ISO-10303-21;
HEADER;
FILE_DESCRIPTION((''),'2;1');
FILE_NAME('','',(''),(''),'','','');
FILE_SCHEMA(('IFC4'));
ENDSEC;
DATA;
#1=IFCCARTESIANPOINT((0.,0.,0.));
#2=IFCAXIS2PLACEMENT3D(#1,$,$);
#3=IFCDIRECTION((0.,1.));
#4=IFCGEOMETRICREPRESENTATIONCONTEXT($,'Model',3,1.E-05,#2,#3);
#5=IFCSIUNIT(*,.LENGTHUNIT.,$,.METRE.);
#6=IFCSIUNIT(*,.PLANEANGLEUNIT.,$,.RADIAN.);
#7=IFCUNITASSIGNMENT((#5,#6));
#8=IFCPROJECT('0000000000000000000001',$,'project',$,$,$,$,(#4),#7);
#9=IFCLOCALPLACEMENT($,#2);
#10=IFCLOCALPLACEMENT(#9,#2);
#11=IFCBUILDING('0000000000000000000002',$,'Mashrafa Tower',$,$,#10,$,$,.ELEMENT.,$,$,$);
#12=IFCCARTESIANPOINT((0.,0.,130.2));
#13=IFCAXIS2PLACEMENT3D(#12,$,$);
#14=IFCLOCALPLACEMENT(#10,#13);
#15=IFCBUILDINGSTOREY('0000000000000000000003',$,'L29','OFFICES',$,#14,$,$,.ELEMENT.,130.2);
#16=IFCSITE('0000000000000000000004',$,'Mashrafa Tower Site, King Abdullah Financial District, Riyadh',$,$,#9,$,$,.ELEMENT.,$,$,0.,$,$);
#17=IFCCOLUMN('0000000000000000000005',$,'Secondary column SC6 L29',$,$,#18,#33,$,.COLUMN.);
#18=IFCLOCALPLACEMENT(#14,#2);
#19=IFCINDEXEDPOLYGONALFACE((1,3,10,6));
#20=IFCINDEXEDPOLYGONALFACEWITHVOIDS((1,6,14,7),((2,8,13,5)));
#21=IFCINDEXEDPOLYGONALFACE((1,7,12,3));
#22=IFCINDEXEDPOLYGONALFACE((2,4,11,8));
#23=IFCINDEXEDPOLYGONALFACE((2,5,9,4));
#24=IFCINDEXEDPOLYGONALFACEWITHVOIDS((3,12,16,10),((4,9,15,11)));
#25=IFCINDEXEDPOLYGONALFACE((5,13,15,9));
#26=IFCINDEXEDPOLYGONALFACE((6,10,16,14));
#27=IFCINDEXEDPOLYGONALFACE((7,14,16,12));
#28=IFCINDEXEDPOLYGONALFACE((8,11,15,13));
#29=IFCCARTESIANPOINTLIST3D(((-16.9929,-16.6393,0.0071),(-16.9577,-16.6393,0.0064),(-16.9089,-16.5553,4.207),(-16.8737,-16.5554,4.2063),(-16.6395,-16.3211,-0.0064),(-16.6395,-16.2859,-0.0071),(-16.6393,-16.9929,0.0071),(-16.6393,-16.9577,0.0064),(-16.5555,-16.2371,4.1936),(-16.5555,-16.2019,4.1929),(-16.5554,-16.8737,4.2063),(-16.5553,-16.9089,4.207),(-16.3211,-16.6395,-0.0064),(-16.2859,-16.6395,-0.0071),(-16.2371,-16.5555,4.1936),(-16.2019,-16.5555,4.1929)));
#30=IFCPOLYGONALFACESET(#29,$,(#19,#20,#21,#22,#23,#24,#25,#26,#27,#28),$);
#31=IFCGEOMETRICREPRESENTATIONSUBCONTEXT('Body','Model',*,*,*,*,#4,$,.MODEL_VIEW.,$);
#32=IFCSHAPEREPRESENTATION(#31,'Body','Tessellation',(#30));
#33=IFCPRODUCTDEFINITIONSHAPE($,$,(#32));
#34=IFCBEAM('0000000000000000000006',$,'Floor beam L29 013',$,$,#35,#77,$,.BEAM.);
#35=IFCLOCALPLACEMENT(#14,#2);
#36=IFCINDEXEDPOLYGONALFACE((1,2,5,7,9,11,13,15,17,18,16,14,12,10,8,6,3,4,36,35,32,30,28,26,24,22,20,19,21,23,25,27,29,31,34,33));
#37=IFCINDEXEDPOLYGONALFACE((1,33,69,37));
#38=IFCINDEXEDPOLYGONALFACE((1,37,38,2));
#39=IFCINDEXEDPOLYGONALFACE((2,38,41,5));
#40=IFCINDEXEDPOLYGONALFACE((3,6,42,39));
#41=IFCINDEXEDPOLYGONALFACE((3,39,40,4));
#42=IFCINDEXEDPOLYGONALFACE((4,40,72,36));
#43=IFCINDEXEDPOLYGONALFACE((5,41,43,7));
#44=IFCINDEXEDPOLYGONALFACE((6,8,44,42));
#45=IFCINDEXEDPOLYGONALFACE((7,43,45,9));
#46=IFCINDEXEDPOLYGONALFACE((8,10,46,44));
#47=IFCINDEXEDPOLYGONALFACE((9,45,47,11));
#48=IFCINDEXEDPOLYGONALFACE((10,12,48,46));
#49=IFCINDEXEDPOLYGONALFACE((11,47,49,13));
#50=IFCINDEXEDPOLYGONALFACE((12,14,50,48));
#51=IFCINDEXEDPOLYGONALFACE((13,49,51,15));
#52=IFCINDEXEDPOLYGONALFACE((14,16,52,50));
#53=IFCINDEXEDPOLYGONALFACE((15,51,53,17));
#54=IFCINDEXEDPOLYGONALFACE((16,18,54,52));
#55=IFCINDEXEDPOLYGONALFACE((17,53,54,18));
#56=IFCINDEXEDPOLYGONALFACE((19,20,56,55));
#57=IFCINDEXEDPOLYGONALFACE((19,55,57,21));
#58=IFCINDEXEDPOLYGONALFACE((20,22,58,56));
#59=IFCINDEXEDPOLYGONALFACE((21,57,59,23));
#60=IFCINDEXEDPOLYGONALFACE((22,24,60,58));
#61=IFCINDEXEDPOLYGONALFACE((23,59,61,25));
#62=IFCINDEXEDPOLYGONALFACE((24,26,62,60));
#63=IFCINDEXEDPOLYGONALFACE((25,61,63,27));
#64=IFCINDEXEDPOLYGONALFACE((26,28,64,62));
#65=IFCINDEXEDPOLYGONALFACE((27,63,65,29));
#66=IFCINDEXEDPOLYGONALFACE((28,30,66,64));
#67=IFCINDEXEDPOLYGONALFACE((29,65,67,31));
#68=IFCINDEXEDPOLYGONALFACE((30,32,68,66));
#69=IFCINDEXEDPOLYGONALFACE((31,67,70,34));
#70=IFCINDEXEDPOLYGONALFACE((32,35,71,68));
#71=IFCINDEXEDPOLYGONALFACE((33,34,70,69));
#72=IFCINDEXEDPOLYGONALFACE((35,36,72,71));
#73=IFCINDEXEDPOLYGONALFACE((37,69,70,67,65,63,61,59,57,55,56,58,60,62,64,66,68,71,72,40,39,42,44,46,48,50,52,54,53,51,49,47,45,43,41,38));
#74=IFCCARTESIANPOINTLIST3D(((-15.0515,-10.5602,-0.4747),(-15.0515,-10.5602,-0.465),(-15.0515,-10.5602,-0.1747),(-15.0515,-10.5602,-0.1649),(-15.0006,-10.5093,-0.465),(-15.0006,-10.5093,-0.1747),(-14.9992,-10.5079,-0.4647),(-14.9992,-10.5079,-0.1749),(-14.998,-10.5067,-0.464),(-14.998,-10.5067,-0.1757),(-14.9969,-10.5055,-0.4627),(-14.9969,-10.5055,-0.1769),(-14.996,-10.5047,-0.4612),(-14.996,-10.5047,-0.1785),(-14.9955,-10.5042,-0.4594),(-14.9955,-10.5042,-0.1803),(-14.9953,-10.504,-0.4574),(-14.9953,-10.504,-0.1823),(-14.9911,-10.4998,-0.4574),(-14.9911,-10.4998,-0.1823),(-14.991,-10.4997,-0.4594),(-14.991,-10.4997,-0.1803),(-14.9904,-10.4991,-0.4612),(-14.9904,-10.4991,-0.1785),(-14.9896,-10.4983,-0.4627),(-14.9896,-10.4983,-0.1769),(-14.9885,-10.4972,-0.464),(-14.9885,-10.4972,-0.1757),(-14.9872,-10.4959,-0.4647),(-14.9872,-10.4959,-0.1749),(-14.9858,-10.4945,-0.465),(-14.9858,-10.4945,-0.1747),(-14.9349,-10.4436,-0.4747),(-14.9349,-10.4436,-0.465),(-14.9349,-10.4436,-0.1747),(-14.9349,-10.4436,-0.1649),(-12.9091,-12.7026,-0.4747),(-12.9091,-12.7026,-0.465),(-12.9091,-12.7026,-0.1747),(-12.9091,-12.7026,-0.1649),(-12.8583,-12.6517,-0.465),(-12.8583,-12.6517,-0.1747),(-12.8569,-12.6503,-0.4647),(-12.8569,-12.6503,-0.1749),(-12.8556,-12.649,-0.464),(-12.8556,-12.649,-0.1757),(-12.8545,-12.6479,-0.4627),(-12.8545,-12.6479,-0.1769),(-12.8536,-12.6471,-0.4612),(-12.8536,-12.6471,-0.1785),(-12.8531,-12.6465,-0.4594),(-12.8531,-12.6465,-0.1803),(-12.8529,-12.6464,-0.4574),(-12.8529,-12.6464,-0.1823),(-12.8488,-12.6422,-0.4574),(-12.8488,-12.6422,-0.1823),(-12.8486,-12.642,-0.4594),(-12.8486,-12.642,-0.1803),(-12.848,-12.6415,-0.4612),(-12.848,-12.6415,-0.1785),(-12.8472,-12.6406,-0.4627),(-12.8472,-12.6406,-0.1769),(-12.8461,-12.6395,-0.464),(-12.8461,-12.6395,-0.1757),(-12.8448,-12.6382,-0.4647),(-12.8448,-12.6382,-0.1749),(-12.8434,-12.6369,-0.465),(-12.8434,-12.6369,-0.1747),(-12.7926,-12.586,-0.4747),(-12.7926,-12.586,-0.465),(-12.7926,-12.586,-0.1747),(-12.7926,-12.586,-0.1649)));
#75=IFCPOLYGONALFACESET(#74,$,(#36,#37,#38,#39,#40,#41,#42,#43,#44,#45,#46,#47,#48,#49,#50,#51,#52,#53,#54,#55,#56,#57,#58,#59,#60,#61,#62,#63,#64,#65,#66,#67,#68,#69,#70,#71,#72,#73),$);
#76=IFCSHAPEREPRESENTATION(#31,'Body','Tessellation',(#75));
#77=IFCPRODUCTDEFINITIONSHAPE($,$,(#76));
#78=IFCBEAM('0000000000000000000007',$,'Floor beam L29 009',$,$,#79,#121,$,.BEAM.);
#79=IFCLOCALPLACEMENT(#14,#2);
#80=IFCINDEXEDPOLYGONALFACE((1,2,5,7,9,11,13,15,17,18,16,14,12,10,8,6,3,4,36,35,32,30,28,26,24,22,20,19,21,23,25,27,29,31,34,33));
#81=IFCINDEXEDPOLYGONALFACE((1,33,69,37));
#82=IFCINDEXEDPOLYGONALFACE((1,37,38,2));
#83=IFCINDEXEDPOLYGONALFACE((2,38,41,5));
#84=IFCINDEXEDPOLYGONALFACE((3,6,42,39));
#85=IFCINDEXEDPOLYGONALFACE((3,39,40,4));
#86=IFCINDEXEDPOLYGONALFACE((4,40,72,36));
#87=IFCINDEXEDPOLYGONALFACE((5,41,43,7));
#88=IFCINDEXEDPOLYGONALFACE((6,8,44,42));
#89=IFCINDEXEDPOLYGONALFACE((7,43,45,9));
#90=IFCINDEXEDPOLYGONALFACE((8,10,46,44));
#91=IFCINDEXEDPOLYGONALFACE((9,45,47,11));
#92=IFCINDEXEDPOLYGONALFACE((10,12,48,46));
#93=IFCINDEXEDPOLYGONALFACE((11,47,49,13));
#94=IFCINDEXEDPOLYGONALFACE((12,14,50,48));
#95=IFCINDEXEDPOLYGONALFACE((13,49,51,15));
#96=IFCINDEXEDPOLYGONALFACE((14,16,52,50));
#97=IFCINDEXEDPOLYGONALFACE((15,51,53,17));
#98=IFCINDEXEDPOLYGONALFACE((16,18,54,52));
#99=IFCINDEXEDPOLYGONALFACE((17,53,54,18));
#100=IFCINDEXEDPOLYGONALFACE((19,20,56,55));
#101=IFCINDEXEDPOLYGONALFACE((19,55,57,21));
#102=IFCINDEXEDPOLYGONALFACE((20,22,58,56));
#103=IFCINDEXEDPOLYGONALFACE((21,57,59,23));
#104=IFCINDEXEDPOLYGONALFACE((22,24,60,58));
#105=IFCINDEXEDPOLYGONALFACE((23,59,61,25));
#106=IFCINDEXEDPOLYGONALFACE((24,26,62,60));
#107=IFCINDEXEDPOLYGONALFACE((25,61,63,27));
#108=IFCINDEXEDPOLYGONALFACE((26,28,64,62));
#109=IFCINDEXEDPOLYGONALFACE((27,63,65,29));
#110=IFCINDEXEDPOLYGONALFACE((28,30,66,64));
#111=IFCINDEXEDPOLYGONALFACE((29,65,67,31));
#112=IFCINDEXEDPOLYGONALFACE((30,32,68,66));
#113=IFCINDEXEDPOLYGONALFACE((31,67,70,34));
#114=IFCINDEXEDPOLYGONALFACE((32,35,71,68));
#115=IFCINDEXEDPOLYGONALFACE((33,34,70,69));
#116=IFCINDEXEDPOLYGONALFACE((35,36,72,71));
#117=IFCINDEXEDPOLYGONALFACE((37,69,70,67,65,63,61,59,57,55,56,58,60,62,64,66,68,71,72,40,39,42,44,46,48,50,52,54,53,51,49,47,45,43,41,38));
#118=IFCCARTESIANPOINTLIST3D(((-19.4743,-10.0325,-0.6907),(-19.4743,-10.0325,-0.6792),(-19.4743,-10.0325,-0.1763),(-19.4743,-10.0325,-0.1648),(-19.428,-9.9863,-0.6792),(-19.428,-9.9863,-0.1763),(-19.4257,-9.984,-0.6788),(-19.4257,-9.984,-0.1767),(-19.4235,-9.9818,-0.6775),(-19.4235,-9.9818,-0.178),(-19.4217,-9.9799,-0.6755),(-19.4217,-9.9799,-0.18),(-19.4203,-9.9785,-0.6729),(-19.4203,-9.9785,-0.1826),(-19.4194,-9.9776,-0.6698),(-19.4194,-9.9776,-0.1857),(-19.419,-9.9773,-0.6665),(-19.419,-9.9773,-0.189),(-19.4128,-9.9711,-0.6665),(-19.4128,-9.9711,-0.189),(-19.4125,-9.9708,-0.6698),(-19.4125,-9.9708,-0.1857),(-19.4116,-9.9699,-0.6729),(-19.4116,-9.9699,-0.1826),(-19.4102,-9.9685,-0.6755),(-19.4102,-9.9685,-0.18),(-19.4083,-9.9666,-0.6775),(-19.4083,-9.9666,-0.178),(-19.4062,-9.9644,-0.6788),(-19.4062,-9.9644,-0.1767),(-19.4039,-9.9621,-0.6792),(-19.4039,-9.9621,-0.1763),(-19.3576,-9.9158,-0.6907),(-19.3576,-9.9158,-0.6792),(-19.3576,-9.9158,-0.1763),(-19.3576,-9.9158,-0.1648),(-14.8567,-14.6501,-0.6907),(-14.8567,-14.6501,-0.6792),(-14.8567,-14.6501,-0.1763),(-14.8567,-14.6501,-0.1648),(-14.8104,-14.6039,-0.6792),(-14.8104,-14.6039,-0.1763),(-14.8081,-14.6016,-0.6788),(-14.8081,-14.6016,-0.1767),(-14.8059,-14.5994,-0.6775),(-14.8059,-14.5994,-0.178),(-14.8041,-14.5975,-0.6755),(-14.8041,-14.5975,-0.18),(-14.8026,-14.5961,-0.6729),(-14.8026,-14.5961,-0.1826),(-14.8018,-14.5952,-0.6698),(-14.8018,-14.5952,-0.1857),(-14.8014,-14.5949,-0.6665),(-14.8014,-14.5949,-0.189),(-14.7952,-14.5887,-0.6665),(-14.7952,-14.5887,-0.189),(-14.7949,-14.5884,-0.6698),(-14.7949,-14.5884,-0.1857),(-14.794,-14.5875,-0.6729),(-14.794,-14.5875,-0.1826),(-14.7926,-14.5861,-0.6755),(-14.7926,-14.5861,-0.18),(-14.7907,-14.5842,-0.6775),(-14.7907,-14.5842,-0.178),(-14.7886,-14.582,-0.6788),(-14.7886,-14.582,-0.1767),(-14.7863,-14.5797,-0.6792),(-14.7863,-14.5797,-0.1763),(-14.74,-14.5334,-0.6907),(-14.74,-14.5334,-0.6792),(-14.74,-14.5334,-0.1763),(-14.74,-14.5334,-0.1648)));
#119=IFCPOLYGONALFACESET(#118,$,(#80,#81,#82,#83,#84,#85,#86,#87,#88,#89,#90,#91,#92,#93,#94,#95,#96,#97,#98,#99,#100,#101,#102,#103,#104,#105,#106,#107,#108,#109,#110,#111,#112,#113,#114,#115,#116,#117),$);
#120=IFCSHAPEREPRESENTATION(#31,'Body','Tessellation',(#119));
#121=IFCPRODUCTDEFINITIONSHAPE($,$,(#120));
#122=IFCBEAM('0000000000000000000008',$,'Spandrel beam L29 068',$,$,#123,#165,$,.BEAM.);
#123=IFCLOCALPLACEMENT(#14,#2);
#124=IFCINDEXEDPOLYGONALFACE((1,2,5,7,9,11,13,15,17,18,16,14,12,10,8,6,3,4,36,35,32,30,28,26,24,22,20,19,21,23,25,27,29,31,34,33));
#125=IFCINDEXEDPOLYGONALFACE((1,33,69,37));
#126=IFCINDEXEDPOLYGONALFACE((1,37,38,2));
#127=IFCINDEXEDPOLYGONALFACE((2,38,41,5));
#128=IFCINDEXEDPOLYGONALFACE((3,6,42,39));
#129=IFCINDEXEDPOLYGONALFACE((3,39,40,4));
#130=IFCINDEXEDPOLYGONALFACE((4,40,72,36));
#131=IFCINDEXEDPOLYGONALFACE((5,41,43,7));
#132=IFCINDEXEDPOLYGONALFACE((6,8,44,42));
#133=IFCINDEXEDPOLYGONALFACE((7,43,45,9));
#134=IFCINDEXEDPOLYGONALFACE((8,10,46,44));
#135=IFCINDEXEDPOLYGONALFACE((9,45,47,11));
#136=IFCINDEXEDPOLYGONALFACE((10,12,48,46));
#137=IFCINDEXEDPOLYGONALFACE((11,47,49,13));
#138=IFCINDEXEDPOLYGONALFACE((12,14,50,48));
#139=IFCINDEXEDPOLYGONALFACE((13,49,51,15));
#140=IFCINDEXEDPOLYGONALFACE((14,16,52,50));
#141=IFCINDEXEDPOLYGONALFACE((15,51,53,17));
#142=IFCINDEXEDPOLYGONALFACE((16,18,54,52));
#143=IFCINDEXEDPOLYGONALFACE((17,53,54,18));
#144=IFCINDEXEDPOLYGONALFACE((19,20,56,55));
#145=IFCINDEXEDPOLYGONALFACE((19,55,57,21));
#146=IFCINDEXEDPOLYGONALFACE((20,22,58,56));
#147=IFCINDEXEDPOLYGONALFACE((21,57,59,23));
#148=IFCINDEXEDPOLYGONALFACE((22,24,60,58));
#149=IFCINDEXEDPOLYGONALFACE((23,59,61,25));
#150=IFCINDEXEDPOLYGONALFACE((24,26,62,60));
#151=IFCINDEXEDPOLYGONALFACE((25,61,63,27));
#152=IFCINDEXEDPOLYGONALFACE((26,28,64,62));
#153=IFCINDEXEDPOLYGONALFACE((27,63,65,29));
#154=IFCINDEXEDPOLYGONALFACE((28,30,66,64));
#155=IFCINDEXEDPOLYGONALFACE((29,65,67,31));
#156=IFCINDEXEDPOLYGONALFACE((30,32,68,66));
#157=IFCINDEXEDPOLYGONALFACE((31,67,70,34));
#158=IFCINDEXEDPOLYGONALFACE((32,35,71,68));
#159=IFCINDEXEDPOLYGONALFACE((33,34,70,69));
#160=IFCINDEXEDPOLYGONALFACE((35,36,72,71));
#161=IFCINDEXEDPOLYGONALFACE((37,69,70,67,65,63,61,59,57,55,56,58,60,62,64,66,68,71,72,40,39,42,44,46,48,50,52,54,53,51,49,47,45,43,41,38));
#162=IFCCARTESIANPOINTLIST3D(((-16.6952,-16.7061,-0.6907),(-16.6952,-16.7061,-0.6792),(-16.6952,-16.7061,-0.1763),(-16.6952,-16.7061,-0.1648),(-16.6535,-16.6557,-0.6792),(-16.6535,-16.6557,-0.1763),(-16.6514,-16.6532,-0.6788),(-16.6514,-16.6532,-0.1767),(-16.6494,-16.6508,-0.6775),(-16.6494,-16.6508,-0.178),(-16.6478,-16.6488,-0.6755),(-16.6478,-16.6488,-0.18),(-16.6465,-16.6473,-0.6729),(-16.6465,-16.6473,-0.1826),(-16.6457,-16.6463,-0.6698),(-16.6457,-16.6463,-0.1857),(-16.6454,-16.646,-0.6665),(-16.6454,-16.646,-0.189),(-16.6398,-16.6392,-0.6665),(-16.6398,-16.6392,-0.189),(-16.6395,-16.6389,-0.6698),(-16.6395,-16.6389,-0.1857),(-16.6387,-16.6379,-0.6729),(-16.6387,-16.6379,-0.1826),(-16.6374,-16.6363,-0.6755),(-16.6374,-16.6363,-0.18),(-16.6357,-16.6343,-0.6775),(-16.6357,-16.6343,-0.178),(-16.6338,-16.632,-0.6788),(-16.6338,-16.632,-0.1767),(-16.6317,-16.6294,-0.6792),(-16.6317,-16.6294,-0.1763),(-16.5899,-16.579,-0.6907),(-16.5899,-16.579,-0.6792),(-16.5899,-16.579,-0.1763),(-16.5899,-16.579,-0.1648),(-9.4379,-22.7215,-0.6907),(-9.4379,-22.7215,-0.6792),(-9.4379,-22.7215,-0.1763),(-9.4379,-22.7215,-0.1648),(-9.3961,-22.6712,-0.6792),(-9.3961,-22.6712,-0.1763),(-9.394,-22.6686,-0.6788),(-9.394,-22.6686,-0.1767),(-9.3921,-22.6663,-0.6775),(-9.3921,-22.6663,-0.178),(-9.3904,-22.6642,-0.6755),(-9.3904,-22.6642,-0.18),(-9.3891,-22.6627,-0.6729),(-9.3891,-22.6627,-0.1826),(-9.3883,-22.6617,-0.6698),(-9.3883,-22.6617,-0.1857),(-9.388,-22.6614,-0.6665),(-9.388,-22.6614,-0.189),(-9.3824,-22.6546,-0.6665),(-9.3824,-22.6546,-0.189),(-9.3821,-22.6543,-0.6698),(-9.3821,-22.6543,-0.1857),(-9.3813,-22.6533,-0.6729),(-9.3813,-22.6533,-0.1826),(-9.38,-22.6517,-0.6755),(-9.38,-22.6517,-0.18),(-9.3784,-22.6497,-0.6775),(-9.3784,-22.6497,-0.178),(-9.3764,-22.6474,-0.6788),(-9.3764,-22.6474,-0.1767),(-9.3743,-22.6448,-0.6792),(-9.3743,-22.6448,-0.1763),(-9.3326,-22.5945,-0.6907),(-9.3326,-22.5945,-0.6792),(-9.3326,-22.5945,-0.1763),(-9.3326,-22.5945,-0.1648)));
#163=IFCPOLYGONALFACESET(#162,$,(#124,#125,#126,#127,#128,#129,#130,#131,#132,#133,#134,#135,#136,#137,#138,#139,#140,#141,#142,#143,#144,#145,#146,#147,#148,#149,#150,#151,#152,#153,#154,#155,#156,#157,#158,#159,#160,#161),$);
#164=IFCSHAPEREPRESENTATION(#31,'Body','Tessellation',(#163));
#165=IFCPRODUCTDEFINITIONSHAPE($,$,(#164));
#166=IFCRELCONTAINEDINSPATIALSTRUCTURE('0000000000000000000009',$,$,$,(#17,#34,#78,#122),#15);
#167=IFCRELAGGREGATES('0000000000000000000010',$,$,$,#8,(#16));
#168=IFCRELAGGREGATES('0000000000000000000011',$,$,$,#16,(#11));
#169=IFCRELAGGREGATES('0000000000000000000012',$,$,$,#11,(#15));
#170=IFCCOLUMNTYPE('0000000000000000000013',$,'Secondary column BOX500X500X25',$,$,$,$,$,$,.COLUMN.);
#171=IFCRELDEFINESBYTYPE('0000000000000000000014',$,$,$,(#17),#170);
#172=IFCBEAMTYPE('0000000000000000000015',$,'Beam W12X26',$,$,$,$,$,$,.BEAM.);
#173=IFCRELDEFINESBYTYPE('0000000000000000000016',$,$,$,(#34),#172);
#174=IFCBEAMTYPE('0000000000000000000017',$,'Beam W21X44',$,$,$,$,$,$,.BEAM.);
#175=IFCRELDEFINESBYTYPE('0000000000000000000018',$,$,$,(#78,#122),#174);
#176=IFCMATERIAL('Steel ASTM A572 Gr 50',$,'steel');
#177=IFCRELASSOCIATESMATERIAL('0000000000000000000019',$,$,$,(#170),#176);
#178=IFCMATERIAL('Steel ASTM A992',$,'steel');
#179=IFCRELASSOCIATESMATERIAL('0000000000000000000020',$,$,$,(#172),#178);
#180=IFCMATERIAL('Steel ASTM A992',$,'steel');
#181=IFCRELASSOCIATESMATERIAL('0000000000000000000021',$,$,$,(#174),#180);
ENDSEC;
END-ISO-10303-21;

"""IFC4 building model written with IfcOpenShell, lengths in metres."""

from ifc_helpers import new_model, si_unit, direction, frame, origin, origin_2d, place, context, subcontext, project, spatial, hollow_rectangle, i_section, extrude, material, material_profile, profile_set, type_object, element, save


model = new_model("IFC4")

# Units and contexts
model_context = context("Model", 3, precision=1e-05, world=origin(), true_north=direction((0.0, 1.0)))
body_context = subcontext(model_context, "Body", "Model", "MODEL_VIEW")
ifc_project = project(units=[si_unit("LENGTHUNIT", "METRE"), si_unit("PLANEANGLEUNIT", "RADIAN")], contexts=[model_context])

# Site, building, storey
site_placement = place(None, origin())
site = spatial("IfcSite", under=ifc_project, at=site_placement, Name="Mashrafa Tower Site, King Abdullah Financial District, Riyadh", CompositionType="ELEMENT", RefElevation=0.0)
building_placement = place(site_placement, origin())
building = spatial("IfcBuilding", under=site, at=building_placement, Name="Mashrafa Tower", CompositionType="ELEMENT")
storey_placement = place(building_placement, frame((0.0, 0.0, 130.2)))
storey = spatial("IfcBuildingStorey", under=building, at=storey_placement, Name="L29", Description="OFFICES", CompositionType="ELEMENT", Elevation=130.2)

# Column
ifc_material_1 = material(Name="Steel ASTM A572 Gr 50", Category="steel")
ifc_material_profile_1 = material_profile(ifc_material_1, hollow_rectangle(XDim=0.5, YDim=0.5, WallThickness=0.0249, at=origin_2d()), Name="BOX500X500X25")
ifc_profile_set_1 = profile_set([ifc_material_profile_1], Name="Steel ASTM A572 Gr 50")
column_type = type_object("IfcColumnType", Name="Secondary column BOX500X500X25", PredefinedType="COLUMN", material=ifc_profile_set_1)
column_placement = place(storey_placement, frame((-16.6394, -16.6394, 0.0), z_axis=(0.019989, 0.019989, 0.9996), x_axis=(-0.707107, 0.707107, 0.0)))
element("IfcColumn", 1, at=column_placement, inside=storey, type_object=column_type, Name="Secondary column SC6 L29", PredefinedType="COLUMN", context=body_context, shape_type="SweptSolid", body=[
    extrude(hollow_rectangle(XDim=0.5, YDim=0.5, WallThickness=0.0249, at=origin_2d()), origin(), (0.0, 0.0, 1.0), 4.2017),
])

# Beams
ifc_material_2 = material(Name="Steel ASTM A992", Category="steel")
ifc_material_profile_2 = material_profile(ifc_material_2, i_section(OverallWidth=0.1648, OverallDepth=0.3098, WebThickness=0.0059, FlangeThickness=0.0098, FilletRadius=0.0076, at=origin_2d()), Name="W12X26")
ifc_profile_set_2 = profile_set([ifc_material_profile_2], Name="Steel ASTM A992")
beam_type_1 = type_object("IfcBeamType", Name="Beam W12X26", PredefinedType="BEAM", material=ifc_profile_set_2)
beam_1_placement = place(storey_placement, frame((-12.8508, -12.6443, -0.3198), z_axis=(-0.707107, 0.707107, 0.0), x_axis=(-0.707107, -0.707107, 0.0)))
element("IfcBeam", 2, at=beam_1_placement, inside=storey, type_object=beam_type_1, Name="Floor beam L29 013", PredefinedType="BEAM", context=body_context, shape_type="SweptSolid", body=[
    extrude(i_section(OverallWidth=0.1648, OverallDepth=0.3098, WebThickness=0.0059, FlangeThickness=0.0098, FilletRadius=0.0076, at=origin_2d()), origin(), (0.0, 0.0, 1.0), 3.0298),
])
ifc_material_3 = material(Name="Steel ASTM A992", Category="steel")
ifc_material_profile_3 = material_profile(ifc_material_3, i_section(OverallWidth=0.165, OverallDepth=0.5259, WebThickness=0.0088, FlangeThickness=0.0115, FilletRadius=0.0127, at=origin_2d()), Name="W21X44")
ifc_profile_set_3 = profile_set([ifc_material_profile_3], Name="Steel ASTM A992")
beam_type_2 = type_object("IfcBeamType", Name="Beam W21X44", PredefinedType="BEAM", material=ifc_profile_set_3)
beam_2_placement = place(storey_placement, frame((-14.7983, -14.5918, -0.4277), z_axis=(-0.707107, 0.707107, 0.0), x_axis=(-0.707107, -0.707107, 0.0)))
element("IfcBeam", 3, at=beam_2_placement, inside=storey, type_object=beam_type_2, Name="Floor beam L29 009", PredefinedType="BEAM", context=body_context, shape_type="SweptSolid", body=[
    extrude(i_section(OverallWidth=0.165, OverallDepth=0.5259, WebThickness=0.0088, FlangeThickness=0.0115, FilletRadius=0.0127, at=origin_2d()), origin(), (0.0, 0.0, 1.0), 6.5303),
])
beam_3_placement = place(storey_placement, frame((-16.6426, -16.6426, -0.4277), z_axis=(0.769908, -0.638154, 0.0), x_axis=(0.638154, 0.769908, 0.0)))
element("IfcBeam", 4, at=beam_3_placement, inside=storey, type_object=beam_type_2, Name="Spandrel beam L29 068", PredefinedType="BEAM", context=body_context, shape_type="SweptSolid", body=[
    extrude(i_section(OverallWidth=0.165, OverallDepth=0.5259, WebThickness=0.0088, FlangeThickness=0.0115, FilletRadius=0.0127, at=origin_2d()), origin(), (0.0, 0.0, 1.0), 9.4263),
])

save(model, "model.ifc")
